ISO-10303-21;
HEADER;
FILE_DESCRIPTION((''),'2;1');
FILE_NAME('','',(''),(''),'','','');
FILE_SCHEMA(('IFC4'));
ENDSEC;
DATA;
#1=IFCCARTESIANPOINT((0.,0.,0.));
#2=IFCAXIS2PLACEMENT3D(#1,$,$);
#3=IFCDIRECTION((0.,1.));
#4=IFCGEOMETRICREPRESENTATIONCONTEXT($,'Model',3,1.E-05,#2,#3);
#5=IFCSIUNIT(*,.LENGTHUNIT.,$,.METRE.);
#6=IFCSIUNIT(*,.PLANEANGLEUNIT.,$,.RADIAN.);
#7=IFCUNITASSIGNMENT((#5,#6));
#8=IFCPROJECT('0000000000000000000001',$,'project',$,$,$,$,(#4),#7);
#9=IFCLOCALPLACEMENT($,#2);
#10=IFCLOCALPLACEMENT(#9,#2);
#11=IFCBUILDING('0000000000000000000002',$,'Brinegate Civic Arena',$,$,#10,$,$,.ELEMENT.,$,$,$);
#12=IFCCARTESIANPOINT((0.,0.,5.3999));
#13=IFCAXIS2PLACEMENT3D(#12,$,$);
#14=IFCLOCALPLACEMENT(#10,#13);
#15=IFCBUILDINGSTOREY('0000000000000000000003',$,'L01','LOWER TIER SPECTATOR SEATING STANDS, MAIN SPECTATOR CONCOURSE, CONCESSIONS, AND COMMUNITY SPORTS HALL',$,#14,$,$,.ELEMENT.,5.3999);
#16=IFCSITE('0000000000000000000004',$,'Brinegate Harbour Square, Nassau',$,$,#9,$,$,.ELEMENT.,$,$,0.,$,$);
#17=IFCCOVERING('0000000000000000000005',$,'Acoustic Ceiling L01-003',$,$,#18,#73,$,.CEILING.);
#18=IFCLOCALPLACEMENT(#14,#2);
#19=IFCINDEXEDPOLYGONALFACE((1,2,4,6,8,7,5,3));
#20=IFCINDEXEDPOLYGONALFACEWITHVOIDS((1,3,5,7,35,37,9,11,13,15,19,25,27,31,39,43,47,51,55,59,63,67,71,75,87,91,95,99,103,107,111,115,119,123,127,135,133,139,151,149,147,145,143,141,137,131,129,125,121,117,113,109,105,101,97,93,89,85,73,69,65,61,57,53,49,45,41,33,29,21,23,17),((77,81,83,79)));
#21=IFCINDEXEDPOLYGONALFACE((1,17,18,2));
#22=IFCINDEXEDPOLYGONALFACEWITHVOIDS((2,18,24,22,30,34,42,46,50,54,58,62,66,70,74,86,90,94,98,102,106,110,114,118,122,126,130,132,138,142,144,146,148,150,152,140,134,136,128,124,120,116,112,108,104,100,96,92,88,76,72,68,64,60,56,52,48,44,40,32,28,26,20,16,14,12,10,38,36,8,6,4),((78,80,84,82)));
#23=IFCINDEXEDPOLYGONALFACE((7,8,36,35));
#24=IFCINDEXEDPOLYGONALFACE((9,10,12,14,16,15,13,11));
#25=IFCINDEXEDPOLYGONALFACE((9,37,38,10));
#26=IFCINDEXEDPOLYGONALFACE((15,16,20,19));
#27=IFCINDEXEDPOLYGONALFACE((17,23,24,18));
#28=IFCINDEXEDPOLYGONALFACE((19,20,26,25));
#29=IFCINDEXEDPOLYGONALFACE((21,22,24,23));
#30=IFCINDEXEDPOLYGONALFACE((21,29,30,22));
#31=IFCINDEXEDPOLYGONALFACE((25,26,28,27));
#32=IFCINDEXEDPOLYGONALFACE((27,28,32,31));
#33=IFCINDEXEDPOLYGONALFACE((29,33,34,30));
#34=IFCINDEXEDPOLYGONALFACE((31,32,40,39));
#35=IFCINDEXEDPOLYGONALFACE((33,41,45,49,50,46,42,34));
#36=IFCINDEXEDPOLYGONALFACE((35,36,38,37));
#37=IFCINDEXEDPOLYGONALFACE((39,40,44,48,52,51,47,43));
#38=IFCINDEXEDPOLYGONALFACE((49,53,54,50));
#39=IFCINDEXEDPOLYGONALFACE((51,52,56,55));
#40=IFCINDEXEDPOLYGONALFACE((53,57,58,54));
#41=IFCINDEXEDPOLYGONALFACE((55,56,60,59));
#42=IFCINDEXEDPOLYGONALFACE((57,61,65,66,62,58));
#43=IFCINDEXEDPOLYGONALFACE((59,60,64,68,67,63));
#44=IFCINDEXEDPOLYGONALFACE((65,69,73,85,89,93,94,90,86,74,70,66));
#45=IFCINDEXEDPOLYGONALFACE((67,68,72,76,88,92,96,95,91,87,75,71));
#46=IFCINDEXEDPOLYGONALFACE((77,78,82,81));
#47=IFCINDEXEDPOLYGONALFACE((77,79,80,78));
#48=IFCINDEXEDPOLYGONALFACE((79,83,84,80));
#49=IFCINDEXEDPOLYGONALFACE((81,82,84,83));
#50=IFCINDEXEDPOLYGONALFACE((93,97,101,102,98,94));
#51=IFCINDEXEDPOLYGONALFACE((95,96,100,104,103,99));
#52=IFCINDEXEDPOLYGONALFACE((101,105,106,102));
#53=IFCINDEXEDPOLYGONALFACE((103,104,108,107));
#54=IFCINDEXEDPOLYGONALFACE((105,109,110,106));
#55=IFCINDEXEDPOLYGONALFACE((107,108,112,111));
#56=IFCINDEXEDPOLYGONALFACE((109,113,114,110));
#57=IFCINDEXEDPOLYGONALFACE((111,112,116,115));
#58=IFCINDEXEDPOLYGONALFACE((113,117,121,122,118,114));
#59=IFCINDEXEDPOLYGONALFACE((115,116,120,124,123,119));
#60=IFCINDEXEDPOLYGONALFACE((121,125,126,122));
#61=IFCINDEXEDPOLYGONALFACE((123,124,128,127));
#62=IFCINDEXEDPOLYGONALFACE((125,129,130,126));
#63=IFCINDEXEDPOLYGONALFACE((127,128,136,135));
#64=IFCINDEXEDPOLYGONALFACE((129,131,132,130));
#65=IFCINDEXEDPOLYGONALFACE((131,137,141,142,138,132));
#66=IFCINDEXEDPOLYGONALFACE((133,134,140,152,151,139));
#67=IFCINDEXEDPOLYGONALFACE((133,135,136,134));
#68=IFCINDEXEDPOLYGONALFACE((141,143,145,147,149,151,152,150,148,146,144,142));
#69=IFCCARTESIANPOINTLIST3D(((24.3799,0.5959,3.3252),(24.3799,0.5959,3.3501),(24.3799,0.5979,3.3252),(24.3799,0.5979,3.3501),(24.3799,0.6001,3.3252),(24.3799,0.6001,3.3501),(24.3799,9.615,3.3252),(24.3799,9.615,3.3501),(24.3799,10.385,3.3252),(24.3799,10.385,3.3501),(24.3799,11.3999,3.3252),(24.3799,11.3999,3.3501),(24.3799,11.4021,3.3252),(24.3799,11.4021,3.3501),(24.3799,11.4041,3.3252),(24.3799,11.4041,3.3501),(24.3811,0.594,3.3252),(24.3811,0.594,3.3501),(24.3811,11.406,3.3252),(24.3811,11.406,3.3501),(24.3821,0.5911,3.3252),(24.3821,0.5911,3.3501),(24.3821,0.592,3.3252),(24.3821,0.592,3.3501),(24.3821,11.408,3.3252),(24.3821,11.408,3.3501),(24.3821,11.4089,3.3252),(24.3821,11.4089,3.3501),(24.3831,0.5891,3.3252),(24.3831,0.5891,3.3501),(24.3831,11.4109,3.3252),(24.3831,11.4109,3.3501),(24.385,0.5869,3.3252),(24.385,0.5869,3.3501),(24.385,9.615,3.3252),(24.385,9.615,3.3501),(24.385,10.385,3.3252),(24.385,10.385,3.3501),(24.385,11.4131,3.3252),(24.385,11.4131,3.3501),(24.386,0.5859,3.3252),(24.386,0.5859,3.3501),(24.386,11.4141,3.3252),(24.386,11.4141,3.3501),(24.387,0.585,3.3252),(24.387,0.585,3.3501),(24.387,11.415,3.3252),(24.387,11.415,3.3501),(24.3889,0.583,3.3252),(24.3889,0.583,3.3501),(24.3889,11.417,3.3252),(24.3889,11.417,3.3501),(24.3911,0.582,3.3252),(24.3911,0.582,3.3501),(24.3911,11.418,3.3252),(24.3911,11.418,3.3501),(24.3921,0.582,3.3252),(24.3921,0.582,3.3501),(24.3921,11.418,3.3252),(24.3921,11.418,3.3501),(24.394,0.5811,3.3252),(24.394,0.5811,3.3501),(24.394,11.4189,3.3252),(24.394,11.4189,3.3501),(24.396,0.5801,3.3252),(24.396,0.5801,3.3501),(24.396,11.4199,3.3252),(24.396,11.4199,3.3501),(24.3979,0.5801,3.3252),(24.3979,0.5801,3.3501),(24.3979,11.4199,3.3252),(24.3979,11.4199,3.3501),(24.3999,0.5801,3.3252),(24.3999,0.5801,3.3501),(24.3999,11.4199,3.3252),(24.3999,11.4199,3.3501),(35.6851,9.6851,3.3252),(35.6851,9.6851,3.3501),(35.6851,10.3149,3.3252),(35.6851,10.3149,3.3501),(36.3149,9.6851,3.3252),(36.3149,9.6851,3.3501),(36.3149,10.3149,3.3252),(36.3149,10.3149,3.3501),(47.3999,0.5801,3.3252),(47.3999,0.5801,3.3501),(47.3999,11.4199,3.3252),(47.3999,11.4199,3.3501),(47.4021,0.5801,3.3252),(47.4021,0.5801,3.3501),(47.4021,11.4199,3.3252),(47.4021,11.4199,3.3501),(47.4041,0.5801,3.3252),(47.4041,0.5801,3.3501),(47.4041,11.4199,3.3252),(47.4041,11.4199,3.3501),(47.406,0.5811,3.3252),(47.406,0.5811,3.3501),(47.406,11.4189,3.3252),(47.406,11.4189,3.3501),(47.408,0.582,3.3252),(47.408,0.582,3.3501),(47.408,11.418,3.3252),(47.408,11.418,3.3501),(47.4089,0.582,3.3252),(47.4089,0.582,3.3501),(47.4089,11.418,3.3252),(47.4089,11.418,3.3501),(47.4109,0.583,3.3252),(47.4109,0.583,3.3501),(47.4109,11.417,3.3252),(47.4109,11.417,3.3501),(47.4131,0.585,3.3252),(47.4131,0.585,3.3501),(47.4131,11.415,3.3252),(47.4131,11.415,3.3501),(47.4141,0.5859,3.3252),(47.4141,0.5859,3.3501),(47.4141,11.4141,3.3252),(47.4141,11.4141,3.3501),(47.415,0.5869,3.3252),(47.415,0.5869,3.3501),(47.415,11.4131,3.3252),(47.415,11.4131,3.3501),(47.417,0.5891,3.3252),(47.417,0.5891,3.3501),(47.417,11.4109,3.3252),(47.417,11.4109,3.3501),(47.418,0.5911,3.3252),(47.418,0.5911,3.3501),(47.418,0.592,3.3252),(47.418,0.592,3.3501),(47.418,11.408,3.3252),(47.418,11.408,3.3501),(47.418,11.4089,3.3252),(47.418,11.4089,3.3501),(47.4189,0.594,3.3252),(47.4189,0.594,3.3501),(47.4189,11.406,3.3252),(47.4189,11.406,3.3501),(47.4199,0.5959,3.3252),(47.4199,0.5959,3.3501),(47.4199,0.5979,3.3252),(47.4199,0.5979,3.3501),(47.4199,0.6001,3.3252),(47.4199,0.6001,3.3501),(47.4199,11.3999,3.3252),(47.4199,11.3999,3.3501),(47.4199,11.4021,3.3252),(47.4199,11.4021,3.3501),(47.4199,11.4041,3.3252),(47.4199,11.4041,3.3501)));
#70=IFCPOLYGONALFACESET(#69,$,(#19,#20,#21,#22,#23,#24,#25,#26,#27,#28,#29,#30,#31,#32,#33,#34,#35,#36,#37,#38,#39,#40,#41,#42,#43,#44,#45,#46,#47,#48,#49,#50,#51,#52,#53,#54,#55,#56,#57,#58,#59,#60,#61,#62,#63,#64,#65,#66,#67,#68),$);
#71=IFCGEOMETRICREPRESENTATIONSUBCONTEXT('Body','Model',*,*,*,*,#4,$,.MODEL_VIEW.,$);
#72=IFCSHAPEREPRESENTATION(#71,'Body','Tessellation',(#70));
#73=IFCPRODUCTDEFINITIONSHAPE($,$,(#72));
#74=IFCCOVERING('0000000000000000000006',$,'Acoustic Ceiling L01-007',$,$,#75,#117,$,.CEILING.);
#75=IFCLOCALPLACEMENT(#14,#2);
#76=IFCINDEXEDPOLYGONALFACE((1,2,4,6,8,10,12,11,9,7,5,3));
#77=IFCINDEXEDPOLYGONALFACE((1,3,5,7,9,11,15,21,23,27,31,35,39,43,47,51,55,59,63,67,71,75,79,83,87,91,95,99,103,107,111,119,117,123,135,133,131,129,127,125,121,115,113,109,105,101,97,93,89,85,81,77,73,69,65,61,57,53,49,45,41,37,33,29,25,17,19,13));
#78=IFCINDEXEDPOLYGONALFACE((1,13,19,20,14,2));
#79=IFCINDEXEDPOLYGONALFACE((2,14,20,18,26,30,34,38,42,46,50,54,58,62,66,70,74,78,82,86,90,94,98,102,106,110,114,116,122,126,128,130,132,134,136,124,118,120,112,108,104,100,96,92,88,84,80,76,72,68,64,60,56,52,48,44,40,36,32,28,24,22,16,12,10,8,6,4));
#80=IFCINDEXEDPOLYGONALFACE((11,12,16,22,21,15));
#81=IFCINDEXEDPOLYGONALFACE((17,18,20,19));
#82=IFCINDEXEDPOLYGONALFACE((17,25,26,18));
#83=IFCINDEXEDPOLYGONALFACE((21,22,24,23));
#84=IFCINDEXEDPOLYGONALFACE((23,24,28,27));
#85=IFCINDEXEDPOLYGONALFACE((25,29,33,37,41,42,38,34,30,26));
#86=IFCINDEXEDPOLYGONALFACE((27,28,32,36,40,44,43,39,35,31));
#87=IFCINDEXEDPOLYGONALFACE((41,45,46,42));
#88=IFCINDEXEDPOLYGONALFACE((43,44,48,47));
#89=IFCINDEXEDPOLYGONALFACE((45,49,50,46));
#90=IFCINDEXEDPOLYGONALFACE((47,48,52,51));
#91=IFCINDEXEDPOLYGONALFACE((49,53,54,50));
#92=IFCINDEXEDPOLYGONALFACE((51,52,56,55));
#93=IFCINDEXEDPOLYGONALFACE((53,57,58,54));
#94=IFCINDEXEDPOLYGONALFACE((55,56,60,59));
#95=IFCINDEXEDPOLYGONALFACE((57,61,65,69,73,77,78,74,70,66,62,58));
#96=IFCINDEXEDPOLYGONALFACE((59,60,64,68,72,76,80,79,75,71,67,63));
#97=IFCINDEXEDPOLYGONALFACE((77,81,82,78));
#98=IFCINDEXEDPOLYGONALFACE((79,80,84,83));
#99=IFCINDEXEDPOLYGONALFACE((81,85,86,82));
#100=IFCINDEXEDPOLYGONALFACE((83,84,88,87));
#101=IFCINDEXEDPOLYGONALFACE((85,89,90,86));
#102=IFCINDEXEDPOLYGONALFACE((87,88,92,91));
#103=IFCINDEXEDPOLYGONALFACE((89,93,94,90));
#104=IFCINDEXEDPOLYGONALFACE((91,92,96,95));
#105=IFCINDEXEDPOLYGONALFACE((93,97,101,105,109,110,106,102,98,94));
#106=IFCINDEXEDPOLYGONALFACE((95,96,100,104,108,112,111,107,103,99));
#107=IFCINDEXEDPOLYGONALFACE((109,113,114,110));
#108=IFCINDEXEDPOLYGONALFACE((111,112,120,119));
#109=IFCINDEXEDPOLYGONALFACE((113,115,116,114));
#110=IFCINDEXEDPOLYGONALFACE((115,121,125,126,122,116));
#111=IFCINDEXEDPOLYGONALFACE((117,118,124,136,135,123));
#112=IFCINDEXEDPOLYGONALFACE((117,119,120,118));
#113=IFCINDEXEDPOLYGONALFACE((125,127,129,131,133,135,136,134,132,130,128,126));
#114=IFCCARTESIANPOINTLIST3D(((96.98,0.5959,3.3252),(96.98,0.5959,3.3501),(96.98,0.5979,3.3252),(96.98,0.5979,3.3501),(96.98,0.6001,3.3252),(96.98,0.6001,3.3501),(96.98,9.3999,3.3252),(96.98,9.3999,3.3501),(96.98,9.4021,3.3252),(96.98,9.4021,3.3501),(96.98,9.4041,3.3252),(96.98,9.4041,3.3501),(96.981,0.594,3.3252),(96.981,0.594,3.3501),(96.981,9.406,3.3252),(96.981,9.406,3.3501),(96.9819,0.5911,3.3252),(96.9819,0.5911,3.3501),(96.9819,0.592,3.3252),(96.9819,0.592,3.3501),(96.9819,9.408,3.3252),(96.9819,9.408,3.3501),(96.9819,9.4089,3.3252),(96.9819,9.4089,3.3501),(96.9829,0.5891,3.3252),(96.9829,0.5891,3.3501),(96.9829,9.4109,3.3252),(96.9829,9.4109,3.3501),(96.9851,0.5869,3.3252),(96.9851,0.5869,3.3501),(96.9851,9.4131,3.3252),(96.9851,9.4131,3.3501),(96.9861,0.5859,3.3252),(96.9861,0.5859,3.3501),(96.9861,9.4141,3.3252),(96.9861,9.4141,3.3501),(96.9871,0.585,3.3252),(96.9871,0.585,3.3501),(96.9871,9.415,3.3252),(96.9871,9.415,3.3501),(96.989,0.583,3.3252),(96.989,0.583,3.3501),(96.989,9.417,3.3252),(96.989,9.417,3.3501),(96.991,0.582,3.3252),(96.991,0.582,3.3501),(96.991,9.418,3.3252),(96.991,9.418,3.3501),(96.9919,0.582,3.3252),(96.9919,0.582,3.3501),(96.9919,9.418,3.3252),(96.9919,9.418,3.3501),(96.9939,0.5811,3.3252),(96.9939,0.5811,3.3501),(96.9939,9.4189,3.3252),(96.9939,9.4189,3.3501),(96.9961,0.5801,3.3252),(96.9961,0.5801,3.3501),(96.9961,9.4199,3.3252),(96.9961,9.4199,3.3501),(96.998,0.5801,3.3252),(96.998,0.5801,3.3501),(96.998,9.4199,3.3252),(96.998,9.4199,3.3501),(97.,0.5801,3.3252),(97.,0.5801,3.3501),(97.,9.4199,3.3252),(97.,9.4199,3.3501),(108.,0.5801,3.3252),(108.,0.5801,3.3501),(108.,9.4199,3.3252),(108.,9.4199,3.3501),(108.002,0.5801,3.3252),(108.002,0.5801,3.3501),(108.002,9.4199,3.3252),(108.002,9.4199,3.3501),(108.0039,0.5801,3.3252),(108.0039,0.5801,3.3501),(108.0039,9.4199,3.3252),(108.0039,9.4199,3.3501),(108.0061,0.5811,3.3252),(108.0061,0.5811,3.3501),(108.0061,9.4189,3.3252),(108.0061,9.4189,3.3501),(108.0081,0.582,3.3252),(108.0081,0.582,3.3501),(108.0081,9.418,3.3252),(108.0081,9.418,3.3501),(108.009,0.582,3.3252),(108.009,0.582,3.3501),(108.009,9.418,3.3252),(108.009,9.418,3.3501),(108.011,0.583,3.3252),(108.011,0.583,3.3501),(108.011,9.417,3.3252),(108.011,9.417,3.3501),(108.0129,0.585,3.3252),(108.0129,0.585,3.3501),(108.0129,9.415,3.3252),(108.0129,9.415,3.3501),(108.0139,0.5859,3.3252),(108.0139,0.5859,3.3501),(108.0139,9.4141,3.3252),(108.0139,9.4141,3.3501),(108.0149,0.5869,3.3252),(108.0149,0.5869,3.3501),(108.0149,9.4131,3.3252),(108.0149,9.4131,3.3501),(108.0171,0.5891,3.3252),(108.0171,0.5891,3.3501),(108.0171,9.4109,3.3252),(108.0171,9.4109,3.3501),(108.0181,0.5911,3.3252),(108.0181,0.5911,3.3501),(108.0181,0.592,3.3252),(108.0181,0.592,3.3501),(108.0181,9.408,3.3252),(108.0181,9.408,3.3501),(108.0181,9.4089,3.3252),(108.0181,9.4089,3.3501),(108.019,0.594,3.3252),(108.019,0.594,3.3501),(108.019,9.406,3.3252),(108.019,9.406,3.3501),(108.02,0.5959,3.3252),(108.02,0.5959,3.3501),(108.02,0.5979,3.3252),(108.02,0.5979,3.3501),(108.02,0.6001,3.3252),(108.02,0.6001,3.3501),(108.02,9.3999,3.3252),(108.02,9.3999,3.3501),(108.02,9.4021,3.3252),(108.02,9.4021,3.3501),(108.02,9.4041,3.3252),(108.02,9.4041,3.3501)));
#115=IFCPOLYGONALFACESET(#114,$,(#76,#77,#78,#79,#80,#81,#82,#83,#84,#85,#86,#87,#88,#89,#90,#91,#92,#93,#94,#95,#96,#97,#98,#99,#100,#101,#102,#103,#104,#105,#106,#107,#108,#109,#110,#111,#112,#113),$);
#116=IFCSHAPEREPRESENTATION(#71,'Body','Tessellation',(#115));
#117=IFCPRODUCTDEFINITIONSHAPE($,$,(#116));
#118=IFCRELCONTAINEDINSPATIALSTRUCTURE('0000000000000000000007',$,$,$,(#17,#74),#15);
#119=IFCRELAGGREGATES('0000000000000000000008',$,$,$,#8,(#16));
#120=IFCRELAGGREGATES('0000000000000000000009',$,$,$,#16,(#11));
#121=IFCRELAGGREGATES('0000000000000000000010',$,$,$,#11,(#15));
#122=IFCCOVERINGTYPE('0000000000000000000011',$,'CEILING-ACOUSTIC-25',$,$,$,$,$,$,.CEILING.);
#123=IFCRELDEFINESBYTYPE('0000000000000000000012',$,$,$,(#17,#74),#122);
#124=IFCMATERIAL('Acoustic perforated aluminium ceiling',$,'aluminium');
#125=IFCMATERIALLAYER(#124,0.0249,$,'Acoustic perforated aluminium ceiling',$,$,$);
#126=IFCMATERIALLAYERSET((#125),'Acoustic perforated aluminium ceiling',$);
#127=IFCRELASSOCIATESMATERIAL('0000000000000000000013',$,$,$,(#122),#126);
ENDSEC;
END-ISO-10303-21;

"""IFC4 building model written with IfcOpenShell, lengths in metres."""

from ifc_helpers import new_model, si_unit, direction, frame, origin, place, context, subcontext, project, spatial, polyline, outline, extrude, material, layer, layer_set, type_object, element, save


model = new_model("IFC4")

# Units and contexts
model_context = context("Model", 3, precision=1e-05, world=origin(), true_north=direction((0.0, 1.0)))
body_context = subcontext(model_context, "Body", "Model", "MODEL_VIEW")
ifc_project = project(units=[si_unit("LENGTHUNIT", "METRE"), si_unit("PLANEANGLEUNIT", "RADIAN")], contexts=[model_context])

# Site, building, storey
site_placement = place(None, origin())
site = spatial("IfcSite", under=ifc_project, at=site_placement, Name="Brinegate Harbour Square, Nassau", CompositionType="ELEMENT", RefElevation=0.0)
building_placement = place(site_placement, origin())
building = spatial("IfcBuilding", under=site, at=building_placement, Name="Brinegate Civic Arena", CompositionType="ELEMENT")
storey_placement = place(building_placement, frame((0.0, 0.0, 5.3999)))
storey = spatial("IfcBuildingStorey", under=building, at=storey_placement, Name="L01", Description="LOWER TIER SPECTATOR SEATING STANDS, MAIN SPECTATOR CONCOURSE, CONCESSIONS, AND COMMUNITY SPORTS HALL", CompositionType="ELEMENT", Elevation=5.3999)

# Coverings
ifc_material_1 = material(Name="Acoustic perforated aluminium ceiling", Category="aluminium")
ifc_layer_1 = layer(ifc_material_1, 0.0249, Name="Acoustic perforated aluminium ceiling")
ifc_layer_set_1 = layer_set([ifc_layer_1], Name="Acoustic perforated aluminium ceiling")
covering_type_1 = type_object("IfcCoveringType", Name="CEILING-ACOUSTIC-25", PredefinedType="CEILING", material=ifc_layer_set_1)
covering_1_placement = place(storey_placement, frame((0.0, 0.0, 3.3252)))
element("IfcCovering", 1, at=covering_1_placement, inside=storey, type_object=covering_type_1, Name="Acoustic Ceiling L01-003", PredefinedType="CEILING", context=body_context, shape_type="SweptSolid", body=[
    extrude(outline(polyline([(47.4041, 11.4199), (47.406, 11.4189), (47.408, 11.418), (47.4089, 11.418), (47.4109, 11.417), (47.4131, 11.415), (47.4141, 11.4141), (47.415, 11.4131), (47.417, 11.4109), (47.418, 11.4089), (47.418, 11.408), (47.4189, 11.406), (47.4199, 11.4041), (47.4199, 11.4021), (47.4199, 11.3999), (47.4199, 0.6001), (47.4199, 0.5979), (47.4199, 0.5959), (47.4189, 0.594), (47.418, 0.592), (47.418, 0.5911), (47.417, 0.5891), (47.415, 0.5869), (47.4141, 0.5859), (47.4131, 0.585), (47.4109, 0.583), (47.4089, 0.582), (47.408, 0.582), (47.406, 0.5811), (47.4041, 0.5801), (47.4021, 0.5801), (47.3999, 0.5801), (24.3999, 0.5801), (24.3979, 0.5801), (24.396, 0.5801), (24.394, 0.5811), (24.3921, 0.582), (24.3911, 0.582), (24.3889, 0.583), (24.387, 0.585), (24.386, 0.5859), (24.385, 0.5869), (24.3831, 0.5891), (24.3821, 0.5911), (24.3821, 0.592), (24.3811, 0.594), (24.3799, 0.5959), (24.3799, 0.5979), (24.3799, 0.6001), (24.3799, 9.615), (24.385, 9.615), (24.385, 10.385), (24.3799, 10.385), (24.3799, 11.3999), (24.3799, 11.4021), (24.3799, 11.4041), (24.3811, 11.406), (24.3821, 11.408), (24.3821, 11.4089), (24.3831, 11.4109), (24.385, 11.4131), (24.386, 11.4141), (24.387, 11.415), (24.3889, 11.417), (24.3911, 11.418), (24.3921, 11.418), (24.394, 11.4189), (24.396, 11.4199), (24.3979, 11.4199), (24.3999, 11.4199), (47.3999, 11.4199), (47.4021, 11.4199), (47.4041, 11.4199)]), holes=[polyline([(36.3149, 10.3149), (35.6851, 10.3149), (35.6851, 9.6851), (36.3149, 9.6851), (36.3149, 10.3149)])]), origin(), (0.0, 0.0, 1.0), 0.0249),
])
covering_2_placement = place(storey_placement, frame((0.0, 0.0, 3.3252)))
element("IfcCovering", 2, at=covering_2_placement, inside=storey, type_object=covering_type_1, Name="Acoustic Ceiling L01-007", PredefinedType="CEILING", context=body_context, shape_type="SweptSolid", body=[
    extrude(outline(polyline([(108.0039, 9.4199), (108.0061, 9.4189), (108.0081, 9.418), (108.009, 9.418), (108.011, 9.417), (108.0129, 9.415), (108.0139, 9.4141), (108.0149, 9.4131), (108.0171, 9.4109), (108.0181, 9.4089), (108.0181, 9.408), (108.019, 9.406), (108.02, 9.4041), (108.02, 9.4021), (108.02, 9.3999), (108.02, 0.6001), (108.02, 0.5979), (108.02, 0.5959), (108.019, 0.594), (108.0181, 0.592), (108.0181, 0.5911), (108.0171, 0.5891), (108.0149, 0.5869), (108.0139, 0.5859), (108.0129, 0.585), (108.011, 0.583), (108.009, 0.582), (108.0081, 0.582), (108.0061, 0.5811), (108.0039, 0.5801), (108.002, 0.5801), (108.0, 0.5801), (97.0, 0.5801), (96.998, 0.5801), (96.9961, 0.5801), (96.9939, 0.5811), (96.9919, 0.582), (96.991, 0.582), (96.989, 0.583), (96.9871, 0.585), (96.9861, 0.5859), (96.9851, 0.5869), (96.9829, 0.5891), (96.9819, 0.5911), (96.9819, 0.592), (96.981, 0.594), (96.98, 0.5959), (96.98, 0.5979), (96.98, 0.6001), (96.98, 9.3999), (96.98, 9.4021), (96.98, 9.4041), (96.981, 9.406), (96.9819, 9.408), (96.9819, 9.4089), (96.9829, 9.4109), (96.9851, 9.4131), (96.9861, 9.4141), (96.9871, 9.415), (96.989, 9.417), (96.991, 9.418), (96.9919, 9.418), (96.9939, 9.4189), (96.9961, 9.4199), (96.998, 9.4199), (97.0, 9.4199), (108.0, 9.4199), (108.002, 9.4199), (108.0039, 9.4199)])), origin(), (0.0, 0.0, 1.0), 0.0249),
])

save(model, "model.ifc")
